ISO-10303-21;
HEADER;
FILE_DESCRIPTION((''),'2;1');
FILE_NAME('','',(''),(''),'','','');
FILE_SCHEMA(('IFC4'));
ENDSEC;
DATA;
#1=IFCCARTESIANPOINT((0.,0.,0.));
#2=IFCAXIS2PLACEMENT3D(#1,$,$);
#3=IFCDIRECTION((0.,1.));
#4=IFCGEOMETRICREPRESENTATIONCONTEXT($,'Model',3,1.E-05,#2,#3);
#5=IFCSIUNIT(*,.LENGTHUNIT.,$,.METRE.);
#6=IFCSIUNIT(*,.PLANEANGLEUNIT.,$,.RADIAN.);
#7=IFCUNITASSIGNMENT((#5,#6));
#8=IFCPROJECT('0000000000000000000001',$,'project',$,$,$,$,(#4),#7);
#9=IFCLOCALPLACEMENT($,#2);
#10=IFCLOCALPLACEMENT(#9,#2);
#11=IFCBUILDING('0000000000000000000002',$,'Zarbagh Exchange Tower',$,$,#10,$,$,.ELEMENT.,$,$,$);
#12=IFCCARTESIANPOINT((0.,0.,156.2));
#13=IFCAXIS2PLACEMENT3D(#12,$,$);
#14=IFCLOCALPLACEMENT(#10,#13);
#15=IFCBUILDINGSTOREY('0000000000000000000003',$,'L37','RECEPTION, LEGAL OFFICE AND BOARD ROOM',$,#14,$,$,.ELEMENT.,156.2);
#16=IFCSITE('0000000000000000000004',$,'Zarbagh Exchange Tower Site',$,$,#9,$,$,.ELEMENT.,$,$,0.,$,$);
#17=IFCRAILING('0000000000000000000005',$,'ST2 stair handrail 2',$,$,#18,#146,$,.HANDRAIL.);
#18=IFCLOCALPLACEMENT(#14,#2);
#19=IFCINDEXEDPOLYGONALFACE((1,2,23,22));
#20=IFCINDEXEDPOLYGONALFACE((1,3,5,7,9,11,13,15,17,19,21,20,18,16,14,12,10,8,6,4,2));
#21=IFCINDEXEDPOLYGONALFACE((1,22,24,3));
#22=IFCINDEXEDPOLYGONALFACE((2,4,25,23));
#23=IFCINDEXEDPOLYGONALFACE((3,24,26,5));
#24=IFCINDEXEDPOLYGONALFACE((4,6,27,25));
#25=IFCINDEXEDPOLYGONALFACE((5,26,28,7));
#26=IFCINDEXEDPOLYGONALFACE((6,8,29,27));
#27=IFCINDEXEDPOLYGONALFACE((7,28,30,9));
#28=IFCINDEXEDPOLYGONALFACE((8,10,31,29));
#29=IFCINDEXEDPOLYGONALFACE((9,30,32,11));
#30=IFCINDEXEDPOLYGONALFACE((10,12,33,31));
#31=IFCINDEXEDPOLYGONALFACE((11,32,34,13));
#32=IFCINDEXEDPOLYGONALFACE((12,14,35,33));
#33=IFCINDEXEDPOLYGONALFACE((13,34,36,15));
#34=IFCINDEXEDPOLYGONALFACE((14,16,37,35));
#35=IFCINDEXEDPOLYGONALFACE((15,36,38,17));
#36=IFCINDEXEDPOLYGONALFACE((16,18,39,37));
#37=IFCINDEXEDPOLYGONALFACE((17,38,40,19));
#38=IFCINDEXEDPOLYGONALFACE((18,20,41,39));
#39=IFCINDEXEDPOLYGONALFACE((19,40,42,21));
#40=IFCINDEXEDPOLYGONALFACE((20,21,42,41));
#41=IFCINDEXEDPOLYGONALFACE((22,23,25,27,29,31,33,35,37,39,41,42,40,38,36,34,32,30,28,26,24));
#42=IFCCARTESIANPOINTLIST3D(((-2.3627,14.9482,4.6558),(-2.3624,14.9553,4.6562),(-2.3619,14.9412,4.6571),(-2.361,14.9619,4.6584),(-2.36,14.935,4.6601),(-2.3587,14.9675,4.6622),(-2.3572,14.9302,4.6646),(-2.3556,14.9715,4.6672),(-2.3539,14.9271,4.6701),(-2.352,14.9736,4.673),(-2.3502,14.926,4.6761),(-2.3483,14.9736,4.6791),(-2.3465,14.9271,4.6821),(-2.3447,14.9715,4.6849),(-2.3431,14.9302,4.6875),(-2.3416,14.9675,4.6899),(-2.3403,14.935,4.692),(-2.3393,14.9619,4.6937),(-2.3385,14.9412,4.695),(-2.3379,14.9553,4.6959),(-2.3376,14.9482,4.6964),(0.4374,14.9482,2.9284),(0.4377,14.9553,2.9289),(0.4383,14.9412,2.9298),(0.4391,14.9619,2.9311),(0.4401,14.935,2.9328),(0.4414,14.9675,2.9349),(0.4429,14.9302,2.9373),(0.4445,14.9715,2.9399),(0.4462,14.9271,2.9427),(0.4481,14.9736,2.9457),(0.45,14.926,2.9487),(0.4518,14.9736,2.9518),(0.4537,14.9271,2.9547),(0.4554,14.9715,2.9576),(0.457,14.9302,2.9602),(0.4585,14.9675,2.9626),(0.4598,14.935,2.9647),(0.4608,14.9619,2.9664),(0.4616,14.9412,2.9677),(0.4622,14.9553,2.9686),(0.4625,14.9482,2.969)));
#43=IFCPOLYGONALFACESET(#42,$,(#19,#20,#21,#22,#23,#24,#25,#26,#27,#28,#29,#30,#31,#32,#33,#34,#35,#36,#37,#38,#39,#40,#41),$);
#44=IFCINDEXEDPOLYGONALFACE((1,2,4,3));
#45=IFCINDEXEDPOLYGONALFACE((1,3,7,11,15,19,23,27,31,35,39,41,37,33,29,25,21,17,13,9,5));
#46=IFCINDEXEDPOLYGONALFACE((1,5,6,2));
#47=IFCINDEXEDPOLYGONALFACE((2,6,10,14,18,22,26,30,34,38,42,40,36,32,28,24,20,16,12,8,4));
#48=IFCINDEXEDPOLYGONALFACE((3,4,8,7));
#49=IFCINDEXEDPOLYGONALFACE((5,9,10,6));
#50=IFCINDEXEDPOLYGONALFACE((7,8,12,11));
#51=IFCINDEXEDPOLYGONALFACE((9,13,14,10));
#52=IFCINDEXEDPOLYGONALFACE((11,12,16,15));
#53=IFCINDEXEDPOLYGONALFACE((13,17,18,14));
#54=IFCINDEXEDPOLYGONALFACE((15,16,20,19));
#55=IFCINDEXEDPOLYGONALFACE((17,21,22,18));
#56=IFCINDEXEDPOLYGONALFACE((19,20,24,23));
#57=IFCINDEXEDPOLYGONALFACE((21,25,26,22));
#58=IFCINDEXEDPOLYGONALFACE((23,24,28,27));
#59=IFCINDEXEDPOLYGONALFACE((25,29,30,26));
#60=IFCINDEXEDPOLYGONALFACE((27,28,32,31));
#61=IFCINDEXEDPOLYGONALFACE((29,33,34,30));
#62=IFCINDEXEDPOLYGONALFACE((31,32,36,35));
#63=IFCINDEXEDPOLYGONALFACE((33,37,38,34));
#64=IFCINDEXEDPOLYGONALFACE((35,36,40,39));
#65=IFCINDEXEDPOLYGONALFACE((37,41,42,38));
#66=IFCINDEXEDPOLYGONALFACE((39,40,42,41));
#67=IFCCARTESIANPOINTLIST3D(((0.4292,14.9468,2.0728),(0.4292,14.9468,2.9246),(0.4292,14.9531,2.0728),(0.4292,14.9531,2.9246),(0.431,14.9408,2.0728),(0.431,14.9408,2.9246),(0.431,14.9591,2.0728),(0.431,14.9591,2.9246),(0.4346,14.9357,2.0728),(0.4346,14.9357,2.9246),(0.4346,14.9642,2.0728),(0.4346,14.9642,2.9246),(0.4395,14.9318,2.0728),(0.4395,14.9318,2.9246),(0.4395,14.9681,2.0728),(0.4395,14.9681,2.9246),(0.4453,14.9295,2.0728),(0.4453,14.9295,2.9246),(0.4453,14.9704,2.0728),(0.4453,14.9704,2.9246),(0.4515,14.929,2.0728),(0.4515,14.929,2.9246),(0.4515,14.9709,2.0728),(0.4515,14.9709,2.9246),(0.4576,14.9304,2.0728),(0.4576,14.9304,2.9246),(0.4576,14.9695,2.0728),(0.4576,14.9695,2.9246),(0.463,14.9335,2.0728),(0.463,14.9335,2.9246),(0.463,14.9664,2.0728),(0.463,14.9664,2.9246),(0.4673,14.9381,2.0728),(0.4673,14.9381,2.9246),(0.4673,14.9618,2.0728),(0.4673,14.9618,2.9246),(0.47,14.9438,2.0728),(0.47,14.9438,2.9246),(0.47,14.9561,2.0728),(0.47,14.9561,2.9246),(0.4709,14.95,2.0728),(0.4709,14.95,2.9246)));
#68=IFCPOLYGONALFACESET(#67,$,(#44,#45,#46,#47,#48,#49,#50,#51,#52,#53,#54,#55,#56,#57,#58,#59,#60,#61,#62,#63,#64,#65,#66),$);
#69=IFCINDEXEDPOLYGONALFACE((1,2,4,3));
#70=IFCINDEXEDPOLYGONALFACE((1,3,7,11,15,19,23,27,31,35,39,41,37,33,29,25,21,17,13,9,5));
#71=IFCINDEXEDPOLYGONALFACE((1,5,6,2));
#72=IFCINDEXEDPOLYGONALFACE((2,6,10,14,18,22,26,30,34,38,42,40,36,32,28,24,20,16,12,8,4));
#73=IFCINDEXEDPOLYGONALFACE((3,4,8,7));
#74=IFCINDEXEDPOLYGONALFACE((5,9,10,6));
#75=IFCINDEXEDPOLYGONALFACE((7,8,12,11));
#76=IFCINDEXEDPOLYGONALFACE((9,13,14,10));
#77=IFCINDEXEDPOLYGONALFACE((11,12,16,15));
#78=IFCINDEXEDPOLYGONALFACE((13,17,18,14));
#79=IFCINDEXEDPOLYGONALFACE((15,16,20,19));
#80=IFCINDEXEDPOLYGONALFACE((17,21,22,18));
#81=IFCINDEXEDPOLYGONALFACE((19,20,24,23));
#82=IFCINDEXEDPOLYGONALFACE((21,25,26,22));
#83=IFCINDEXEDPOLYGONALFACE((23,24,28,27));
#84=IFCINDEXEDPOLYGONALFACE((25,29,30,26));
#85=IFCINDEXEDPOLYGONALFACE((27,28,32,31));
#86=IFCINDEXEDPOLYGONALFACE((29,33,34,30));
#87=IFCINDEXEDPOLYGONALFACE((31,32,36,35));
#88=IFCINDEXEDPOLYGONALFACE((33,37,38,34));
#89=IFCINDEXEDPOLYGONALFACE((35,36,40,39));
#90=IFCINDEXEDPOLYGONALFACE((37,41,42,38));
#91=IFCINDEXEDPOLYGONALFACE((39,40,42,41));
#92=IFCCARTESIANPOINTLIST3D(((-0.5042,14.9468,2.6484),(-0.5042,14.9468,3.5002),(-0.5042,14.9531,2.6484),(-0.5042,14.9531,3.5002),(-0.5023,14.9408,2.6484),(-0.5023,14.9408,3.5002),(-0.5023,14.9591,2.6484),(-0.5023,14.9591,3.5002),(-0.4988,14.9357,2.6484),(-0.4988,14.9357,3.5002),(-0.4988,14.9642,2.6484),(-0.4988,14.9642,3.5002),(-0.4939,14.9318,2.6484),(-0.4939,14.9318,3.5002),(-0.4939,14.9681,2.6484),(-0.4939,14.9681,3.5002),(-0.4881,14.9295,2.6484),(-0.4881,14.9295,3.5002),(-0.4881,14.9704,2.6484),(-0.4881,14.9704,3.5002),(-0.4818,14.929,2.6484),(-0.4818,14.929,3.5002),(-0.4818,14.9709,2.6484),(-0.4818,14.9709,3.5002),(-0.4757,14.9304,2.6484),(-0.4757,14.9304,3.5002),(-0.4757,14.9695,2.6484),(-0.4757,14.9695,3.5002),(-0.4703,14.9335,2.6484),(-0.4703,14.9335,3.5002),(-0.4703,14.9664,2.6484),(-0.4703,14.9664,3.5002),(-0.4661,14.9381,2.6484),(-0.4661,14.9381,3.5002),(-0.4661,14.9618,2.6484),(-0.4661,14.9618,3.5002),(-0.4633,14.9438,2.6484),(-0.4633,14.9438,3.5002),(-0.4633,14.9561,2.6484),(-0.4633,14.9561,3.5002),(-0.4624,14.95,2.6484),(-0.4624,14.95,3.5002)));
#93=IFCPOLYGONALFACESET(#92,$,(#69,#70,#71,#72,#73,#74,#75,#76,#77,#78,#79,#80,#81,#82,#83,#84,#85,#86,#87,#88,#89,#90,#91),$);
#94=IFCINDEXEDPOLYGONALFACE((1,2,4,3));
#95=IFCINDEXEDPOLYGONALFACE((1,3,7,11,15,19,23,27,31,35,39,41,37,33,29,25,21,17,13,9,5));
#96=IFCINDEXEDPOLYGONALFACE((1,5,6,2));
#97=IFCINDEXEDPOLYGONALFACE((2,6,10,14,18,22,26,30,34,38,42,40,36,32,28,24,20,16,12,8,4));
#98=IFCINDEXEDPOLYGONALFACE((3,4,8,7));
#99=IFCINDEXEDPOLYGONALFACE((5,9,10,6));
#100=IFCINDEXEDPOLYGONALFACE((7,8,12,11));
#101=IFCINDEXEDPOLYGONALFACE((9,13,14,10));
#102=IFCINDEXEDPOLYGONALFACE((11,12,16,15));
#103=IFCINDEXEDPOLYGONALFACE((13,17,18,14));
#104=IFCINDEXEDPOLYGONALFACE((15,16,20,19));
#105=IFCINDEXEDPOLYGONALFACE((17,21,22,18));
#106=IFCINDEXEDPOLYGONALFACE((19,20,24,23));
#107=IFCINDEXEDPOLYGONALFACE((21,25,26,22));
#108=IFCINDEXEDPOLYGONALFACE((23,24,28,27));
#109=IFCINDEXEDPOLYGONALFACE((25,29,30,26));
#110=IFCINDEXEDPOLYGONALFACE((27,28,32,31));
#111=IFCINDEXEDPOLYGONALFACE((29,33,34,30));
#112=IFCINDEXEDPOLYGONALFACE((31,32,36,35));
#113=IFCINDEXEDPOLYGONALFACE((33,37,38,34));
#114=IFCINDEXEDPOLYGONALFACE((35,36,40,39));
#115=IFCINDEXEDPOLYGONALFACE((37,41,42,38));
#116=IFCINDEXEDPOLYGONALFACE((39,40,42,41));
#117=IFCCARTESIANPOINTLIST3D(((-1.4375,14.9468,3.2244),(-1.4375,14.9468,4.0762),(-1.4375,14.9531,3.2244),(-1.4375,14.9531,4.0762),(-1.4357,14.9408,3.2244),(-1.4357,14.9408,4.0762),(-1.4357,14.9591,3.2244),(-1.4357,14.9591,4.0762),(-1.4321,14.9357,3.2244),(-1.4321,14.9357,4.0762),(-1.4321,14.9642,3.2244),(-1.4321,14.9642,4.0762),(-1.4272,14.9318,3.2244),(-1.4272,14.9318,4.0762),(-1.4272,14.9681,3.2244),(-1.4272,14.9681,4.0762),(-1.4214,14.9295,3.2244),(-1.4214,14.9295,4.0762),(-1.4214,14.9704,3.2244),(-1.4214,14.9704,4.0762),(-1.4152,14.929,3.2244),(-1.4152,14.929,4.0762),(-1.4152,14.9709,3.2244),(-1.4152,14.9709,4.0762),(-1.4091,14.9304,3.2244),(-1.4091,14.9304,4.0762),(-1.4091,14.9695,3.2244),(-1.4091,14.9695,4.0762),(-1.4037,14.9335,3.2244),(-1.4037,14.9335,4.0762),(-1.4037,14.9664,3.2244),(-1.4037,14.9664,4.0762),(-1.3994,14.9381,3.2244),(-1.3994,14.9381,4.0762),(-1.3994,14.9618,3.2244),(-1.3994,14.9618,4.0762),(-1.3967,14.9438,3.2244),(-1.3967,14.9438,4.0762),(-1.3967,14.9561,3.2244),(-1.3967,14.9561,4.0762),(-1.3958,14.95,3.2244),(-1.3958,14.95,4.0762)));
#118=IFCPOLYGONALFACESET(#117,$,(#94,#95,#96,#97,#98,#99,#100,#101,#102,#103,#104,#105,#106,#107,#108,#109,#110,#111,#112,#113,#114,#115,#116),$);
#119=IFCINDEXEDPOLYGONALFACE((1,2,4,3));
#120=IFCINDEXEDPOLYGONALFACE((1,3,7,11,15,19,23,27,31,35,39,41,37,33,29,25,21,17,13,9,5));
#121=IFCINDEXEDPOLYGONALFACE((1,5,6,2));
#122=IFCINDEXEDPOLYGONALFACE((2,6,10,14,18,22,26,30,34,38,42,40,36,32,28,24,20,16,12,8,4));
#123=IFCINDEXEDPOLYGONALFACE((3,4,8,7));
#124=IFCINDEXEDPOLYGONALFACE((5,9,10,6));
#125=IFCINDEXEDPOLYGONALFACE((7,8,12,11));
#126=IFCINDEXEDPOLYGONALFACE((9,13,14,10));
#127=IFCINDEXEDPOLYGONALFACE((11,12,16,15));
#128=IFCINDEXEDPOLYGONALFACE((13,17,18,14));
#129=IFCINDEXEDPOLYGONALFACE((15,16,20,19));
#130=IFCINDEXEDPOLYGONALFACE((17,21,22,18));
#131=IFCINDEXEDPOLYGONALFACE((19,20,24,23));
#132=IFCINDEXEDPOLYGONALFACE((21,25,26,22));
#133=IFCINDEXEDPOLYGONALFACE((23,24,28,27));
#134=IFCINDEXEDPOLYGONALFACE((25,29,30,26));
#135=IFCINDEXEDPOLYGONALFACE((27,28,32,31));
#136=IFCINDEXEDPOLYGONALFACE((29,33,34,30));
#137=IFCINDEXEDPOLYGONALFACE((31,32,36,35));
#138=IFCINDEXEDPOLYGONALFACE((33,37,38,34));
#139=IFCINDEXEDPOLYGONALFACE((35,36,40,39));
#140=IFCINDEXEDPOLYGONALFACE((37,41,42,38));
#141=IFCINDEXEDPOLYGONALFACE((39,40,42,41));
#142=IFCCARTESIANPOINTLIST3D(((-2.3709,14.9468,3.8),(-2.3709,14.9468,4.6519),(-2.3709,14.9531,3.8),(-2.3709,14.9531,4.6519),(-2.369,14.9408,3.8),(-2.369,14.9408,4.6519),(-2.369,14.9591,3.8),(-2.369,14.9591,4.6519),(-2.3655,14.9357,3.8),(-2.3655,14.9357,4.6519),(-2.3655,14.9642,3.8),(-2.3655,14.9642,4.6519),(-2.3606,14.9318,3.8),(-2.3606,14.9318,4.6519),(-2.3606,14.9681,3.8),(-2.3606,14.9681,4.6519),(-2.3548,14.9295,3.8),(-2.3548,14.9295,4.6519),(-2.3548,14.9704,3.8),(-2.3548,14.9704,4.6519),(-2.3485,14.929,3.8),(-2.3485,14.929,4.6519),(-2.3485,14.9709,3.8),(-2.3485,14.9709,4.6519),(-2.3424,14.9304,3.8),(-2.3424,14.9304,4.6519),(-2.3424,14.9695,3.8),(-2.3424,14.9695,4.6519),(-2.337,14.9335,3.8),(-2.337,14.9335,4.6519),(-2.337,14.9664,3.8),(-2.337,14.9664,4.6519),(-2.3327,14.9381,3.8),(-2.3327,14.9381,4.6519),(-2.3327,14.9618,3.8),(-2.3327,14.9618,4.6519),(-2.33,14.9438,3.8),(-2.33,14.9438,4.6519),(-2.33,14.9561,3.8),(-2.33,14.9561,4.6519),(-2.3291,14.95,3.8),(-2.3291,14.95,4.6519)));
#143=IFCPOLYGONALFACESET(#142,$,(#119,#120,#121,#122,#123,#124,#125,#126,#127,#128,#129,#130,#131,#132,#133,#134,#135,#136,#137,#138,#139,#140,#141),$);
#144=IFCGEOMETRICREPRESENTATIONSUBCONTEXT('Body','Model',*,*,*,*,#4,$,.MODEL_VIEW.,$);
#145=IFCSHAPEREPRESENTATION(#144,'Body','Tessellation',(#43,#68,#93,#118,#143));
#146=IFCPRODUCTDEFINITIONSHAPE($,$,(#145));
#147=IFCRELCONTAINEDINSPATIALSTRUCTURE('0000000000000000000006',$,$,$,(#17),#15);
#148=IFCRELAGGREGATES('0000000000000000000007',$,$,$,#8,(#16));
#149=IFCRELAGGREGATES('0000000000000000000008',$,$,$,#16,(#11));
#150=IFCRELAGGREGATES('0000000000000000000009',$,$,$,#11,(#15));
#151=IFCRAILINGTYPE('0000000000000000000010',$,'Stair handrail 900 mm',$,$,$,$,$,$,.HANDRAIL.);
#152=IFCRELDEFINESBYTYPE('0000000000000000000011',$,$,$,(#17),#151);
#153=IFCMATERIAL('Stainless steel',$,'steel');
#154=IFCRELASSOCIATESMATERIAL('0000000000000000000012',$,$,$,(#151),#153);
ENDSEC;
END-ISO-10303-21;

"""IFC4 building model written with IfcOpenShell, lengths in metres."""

from ifc_helpers import new_model, si_unit, direction, frame, origin, origin_2d, place, context, subcontext, project, spatial, circle, extrude, material, type_object, element, save


model = new_model("IFC4")

# Units and contexts
model_context = context("Model", 3, precision=1e-05, world=origin(), true_north=direction((0.0, 1.0)))
body_context = subcontext(model_context, "Body", "Model", "MODEL_VIEW")
ifc_project = project(units=[si_unit("LENGTHUNIT", "METRE"), si_unit("PLANEANGLEUNIT", "RADIAN")], contexts=[model_context])

# Site, building, storey
site_placement = place(None, origin())
site = spatial("IfcSite", under=ifc_project, at=site_placement, Name="Zarbagh Exchange Tower Site", CompositionType="ELEMENT", RefElevation=0.0)
building_placement = place(site_placement, origin())
building = spatial("IfcBuilding", under=site, at=building_placement, Name="Zarbagh Exchange Tower", CompositionType="ELEMENT")
storey_placement = place(building_placement, frame((0.0, 0.0, 156.2)))
storey = spatial("IfcBuildingStorey", under=building, at=storey_placement, Name="L37", Description="RECEPTION, LEGAL OFFICE AND BOARD ROOM", CompositionType="ELEMENT", Elevation=156.2)

# Shared definitions
ifc_material_1 = material(Name="Stainless steel", Category="steel")

# Railing
railing_type_1 = type_object("IfcRailingType", Name="Stair handrail 900 mm", PredefinedType="HANDRAIL", material=ifc_material_1)
railing_1_placement = place(storey_placement, frame((0.45, 14.95, 2.0728)))
element("IfcRailing", 1, at=railing_1_placement, inside=storey, type_object=railing_type_1, Name="ST2 stair handrail 2", PredefinedType="HANDRAIL", context=body_context, shape_type="SweptSolid", body=[
    extrude(circle(Radius=0.0239, at=origin_2d()), frame((0.0, 0.0, 0.876), z_axis=(-0.85109, 0.0, 0.52502), x_axis=(0.0, -1.0, 0.0)), (0.0, 0.0, 1.0), 3.29),
    extrude(circle(Radius=0.021, at=origin_2d()), origin(), (0.0, 0.0, 1.0), 0.8518),
    extrude(circle(Radius=0.021, at=origin_2d()), frame((-0.9333, 0.0, 0.5757)), (0.0, 0.0, 1.0), 0.8518),
    extrude(circle(Radius=0.021, at=origin_2d()), frame((-1.8667, 0.0, 1.1516)), (0.0, 0.0, 1.0), 0.8518),
    extrude(circle(Radius=0.021, at=origin_2d()), frame((-2.8, 0.0, 1.7273)), (0.0, 0.0, 1.0), 0.8518),
])

save(model, "model.ifc")
